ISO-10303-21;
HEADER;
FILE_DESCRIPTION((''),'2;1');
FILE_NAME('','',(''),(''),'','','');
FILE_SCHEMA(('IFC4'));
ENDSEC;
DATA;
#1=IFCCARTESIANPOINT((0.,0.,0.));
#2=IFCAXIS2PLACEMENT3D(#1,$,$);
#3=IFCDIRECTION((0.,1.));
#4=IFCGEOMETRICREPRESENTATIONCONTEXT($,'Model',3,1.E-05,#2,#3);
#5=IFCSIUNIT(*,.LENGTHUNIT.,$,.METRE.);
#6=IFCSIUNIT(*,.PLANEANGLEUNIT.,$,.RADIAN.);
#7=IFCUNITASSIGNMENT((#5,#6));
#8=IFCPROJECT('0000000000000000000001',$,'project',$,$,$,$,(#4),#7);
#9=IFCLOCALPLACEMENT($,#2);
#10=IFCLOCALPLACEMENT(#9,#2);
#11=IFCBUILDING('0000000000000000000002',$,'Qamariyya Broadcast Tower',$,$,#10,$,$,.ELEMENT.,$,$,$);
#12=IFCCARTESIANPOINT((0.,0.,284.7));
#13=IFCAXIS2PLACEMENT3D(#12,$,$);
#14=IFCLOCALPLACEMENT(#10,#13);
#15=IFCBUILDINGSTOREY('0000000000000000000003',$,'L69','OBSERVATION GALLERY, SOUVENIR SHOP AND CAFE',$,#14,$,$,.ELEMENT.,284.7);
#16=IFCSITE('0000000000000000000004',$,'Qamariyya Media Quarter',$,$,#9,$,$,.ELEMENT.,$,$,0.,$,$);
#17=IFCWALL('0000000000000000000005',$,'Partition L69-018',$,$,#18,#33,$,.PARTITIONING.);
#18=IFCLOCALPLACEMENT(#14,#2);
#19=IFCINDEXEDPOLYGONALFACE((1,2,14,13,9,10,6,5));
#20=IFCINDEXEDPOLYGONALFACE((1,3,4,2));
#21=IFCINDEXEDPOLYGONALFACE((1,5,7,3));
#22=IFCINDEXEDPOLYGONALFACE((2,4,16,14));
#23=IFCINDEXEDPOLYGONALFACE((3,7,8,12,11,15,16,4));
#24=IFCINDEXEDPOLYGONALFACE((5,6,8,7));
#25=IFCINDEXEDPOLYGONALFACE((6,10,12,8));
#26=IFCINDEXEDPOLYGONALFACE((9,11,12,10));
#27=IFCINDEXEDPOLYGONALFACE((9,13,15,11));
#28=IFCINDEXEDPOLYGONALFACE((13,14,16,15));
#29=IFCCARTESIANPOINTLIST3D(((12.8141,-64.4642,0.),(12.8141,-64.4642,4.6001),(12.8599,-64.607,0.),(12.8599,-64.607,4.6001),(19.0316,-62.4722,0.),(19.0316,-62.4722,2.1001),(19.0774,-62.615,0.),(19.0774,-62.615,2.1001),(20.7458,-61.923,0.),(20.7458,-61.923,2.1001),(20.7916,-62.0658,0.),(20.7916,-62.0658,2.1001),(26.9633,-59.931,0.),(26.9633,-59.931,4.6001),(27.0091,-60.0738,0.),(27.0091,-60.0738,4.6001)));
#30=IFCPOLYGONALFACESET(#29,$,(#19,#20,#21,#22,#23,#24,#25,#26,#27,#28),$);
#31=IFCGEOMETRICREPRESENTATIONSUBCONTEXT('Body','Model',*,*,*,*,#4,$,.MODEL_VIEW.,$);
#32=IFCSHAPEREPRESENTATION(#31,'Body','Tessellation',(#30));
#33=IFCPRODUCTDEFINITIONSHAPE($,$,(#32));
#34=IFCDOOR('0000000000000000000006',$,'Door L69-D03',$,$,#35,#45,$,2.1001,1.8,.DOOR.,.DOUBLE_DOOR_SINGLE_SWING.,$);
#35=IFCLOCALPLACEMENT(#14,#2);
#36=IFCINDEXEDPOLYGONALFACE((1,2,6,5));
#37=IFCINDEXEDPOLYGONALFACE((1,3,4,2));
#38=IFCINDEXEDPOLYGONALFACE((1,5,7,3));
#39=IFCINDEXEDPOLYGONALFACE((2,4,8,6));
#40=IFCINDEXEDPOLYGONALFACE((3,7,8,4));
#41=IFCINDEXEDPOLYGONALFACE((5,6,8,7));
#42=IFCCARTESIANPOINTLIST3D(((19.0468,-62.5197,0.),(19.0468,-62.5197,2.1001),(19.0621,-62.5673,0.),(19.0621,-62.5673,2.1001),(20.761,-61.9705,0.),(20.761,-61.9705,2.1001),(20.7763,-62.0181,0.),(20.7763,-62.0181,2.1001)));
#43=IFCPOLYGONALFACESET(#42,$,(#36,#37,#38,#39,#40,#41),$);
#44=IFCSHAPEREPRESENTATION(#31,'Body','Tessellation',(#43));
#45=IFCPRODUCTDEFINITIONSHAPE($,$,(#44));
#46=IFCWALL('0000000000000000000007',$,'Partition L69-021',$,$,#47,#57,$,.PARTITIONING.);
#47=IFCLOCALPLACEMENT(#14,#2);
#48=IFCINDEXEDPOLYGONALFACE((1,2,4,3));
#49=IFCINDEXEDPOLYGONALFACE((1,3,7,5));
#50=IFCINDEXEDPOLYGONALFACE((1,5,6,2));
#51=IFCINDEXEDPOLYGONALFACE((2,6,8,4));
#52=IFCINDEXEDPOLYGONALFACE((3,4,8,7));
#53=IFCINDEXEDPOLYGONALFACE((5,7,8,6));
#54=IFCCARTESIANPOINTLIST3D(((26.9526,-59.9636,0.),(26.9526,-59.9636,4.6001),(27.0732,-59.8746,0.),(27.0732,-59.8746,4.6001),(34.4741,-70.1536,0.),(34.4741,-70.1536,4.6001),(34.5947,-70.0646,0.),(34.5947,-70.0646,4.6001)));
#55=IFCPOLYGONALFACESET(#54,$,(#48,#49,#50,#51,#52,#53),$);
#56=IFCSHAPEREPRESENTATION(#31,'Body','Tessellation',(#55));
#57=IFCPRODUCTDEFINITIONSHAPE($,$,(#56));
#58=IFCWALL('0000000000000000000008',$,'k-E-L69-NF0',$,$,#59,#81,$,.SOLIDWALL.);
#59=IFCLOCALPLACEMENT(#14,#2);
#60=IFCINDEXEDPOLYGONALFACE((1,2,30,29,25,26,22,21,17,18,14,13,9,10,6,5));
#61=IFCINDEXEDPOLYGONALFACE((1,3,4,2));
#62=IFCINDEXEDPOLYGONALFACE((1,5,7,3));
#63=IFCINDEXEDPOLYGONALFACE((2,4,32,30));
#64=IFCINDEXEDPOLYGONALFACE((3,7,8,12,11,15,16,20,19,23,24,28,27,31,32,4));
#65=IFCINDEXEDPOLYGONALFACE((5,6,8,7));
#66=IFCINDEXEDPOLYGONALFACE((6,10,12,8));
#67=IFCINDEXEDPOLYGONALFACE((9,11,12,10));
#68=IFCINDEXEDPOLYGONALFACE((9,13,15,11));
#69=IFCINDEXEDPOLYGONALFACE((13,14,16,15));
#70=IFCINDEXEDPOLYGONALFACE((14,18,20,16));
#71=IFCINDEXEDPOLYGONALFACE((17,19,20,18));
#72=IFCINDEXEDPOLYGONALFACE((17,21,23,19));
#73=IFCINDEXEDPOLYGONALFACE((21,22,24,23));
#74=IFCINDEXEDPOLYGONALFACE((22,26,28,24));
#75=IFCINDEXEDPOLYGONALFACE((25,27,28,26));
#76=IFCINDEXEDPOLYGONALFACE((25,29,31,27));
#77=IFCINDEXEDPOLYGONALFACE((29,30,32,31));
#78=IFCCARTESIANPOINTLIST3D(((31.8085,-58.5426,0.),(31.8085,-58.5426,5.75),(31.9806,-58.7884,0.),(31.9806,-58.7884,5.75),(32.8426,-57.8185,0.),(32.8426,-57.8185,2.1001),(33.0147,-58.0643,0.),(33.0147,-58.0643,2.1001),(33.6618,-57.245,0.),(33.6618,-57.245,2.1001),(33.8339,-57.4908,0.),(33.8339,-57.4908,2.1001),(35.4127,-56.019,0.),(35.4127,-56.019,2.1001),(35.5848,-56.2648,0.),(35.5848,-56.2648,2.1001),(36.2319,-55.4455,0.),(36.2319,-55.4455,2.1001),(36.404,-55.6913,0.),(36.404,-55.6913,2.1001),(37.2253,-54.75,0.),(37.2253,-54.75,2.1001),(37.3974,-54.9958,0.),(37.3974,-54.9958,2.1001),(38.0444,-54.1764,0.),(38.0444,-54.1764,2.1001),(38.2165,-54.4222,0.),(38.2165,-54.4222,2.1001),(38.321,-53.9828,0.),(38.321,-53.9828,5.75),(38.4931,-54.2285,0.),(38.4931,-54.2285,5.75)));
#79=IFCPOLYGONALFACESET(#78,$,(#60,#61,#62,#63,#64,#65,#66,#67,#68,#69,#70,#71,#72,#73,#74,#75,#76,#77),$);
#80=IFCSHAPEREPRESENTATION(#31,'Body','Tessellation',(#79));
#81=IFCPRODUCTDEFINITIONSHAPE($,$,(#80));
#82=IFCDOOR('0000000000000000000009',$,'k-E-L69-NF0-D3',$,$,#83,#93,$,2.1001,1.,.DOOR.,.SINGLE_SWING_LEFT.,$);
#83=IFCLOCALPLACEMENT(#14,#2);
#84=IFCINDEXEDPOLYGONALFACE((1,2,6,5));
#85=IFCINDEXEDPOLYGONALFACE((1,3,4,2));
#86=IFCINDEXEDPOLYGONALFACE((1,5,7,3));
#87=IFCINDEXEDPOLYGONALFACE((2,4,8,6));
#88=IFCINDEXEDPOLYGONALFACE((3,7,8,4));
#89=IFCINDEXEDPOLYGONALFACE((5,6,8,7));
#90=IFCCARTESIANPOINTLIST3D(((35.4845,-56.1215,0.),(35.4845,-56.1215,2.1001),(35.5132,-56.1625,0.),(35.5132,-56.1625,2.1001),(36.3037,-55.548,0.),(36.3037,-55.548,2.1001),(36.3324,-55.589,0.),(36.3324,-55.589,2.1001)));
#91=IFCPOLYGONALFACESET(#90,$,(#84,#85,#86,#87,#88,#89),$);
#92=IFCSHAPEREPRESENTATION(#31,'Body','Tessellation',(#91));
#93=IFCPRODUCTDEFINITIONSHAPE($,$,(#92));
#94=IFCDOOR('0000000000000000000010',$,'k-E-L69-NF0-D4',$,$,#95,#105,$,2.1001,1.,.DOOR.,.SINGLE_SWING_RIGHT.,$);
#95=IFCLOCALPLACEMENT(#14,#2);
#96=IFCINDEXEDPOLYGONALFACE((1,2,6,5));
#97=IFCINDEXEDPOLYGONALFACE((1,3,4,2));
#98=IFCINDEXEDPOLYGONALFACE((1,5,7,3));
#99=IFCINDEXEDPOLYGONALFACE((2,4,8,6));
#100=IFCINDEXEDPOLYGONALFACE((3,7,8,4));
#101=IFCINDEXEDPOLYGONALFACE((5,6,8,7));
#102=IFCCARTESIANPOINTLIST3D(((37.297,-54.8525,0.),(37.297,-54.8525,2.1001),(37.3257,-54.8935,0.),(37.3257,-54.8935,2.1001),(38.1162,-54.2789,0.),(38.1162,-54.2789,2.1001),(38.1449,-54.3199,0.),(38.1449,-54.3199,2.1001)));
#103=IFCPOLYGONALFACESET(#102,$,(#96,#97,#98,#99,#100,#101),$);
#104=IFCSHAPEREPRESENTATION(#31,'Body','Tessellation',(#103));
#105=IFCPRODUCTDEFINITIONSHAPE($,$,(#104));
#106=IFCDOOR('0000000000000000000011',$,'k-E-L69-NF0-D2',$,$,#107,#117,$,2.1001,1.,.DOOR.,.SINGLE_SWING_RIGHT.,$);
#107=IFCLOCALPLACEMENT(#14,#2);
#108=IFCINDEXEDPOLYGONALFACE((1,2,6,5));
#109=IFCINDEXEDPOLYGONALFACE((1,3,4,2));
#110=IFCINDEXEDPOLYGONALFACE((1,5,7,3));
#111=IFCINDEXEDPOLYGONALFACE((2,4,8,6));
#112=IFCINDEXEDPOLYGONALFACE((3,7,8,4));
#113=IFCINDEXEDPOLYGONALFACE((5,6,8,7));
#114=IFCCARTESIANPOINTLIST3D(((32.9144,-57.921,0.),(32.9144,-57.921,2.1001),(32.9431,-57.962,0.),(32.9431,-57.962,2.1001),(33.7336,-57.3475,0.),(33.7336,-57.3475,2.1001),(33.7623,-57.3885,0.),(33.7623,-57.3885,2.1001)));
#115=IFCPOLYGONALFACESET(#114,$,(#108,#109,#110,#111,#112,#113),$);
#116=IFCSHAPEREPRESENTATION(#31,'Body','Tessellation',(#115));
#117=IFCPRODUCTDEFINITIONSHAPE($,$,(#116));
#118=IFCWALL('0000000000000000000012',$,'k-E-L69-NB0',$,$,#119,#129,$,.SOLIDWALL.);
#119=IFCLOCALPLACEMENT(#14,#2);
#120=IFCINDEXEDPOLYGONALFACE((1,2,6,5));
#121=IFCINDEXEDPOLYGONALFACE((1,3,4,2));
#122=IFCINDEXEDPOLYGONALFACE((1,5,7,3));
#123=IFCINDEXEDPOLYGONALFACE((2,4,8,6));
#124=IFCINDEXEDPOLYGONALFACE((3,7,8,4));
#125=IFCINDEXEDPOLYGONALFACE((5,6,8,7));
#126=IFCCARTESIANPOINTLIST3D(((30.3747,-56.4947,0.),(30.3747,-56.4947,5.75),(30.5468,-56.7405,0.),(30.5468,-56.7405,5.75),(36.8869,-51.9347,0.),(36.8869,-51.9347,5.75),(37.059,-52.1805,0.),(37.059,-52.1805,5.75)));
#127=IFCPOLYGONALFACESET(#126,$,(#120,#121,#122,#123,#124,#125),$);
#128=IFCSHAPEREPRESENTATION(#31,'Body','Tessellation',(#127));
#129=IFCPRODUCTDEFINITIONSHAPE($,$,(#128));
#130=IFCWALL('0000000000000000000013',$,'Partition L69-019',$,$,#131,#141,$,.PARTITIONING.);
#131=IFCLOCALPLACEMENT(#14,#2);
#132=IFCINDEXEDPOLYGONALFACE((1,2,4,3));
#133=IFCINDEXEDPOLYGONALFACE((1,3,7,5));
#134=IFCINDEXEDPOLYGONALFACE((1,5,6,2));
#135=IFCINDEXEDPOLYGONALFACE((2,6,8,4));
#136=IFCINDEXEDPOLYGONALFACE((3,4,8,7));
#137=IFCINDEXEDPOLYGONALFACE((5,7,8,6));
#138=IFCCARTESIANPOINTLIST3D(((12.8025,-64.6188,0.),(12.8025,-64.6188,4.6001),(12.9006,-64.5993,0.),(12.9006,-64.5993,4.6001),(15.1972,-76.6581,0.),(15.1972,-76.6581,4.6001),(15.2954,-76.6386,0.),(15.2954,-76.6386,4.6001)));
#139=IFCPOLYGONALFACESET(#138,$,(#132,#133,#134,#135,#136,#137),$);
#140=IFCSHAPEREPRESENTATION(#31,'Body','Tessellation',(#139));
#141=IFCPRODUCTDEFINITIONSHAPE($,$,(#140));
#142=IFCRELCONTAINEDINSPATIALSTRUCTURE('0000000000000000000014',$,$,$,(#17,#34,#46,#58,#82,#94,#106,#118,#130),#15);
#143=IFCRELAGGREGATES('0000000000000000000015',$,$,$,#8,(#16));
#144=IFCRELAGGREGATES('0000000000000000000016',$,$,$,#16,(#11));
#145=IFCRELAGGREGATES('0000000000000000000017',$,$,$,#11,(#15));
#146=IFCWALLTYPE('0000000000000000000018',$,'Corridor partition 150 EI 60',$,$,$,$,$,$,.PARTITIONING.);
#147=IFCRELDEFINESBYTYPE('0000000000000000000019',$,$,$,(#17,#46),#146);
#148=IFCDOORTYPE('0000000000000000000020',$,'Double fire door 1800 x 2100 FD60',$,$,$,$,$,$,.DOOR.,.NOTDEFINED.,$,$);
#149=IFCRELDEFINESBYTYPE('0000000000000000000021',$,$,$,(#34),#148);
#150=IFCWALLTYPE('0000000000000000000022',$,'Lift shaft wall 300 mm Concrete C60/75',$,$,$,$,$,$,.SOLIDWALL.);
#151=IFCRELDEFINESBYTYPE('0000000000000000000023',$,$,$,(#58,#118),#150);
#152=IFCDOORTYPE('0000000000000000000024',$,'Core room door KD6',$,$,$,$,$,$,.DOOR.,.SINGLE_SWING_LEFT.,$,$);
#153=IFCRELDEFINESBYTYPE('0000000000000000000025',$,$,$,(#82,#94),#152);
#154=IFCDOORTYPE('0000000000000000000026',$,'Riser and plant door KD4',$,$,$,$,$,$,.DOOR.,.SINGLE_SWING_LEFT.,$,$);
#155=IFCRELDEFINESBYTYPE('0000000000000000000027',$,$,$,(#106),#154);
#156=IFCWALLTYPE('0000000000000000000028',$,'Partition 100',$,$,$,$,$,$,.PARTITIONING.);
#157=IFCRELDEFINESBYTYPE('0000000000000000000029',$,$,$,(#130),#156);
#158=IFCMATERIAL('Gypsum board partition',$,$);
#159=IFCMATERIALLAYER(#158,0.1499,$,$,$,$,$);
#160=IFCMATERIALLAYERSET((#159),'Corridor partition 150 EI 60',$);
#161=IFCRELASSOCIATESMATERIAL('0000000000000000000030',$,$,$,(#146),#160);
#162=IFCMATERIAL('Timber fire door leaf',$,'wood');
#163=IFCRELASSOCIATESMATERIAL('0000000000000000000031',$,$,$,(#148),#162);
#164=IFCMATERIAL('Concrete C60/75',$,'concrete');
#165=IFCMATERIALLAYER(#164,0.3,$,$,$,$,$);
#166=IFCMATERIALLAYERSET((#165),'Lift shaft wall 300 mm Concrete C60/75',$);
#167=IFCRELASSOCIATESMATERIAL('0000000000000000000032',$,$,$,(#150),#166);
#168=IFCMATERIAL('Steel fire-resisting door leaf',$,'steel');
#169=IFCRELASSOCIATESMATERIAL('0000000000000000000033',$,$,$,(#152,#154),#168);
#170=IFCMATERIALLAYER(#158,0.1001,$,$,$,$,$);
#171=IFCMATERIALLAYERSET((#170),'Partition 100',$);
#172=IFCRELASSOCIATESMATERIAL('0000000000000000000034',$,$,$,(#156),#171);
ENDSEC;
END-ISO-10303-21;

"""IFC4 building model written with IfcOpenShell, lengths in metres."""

from ifc_helpers import new_model, si_unit, direction, frame, frame_2d, origin, place, context, subcontext, project, spatial, rectangle, extrude, material, layer, layer_set, type_object, element, fill, save


model = new_model("IFC4")

# Units and contexts
model_context = context("Model", 3, precision=1e-05, world=origin(), true_north=direction((0.0, 1.0)))
body_context = subcontext(model_context, "Body", "Model", "MODEL_VIEW")
ifc_project = project(units=[si_unit("LENGTHUNIT", "METRE"), si_unit("PLANEANGLEUNIT", "RADIAN")], contexts=[model_context])

# Site, building, storey
site_placement = place(None, origin())
site = spatial("IfcSite", under=ifc_project, at=site_placement, Name="Qamariyya Media Quarter", CompositionType="ELEMENT", RefElevation=0.0)
building_placement = place(site_placement, origin())
building = spatial("IfcBuilding", under=site, at=building_placement, Name="Qamariyya Broadcast Tower", CompositionType="ELEMENT")
storey_placement = place(building_placement, frame((0.0, 0.0, 284.7)))
storey = spatial("IfcBuildingStorey", under=building, at=storey_placement, Name="L69", Description="OBSERVATION GALLERY, SOUVENIR SHOP AND CAFE", CompositionType="ELEMENT", Elevation=284.7)

# Wall, opening, door
ifc_material_1 = material(Name="Gypsum board partition")
ifc_layer_1 = layer(ifc_material_1, 0.1499)
ifc_layer_set_1 = layer_set([ifc_layer_1], Name="Corridor partition 150 EI 60")
wall_type_1 = type_object("IfcWallType", Name="Corridor partition 150 EI 60", PredefinedType="PARTITIONING", material=ifc_layer_set_1)
ifc_material_2 = material(Name="Timber fire door leaf", Category="wood")
door_type_1 = type_object("IfcDoorType", Name="Double fire door 1800 x 2100 FD60", OperationType="NOTDEFINED", PredefinedType="DOOR", material=ifc_material_2)
wall_1_placement = place(storey_placement, frame((26.9861, -60.0024, 0.0), z_axis=(0.0, 0.0, 1.0), x_axis=(-0.952317, -0.30511, 0.0)))
wall_1 = element("IfcWall", 1, at=wall_1_placement, inside=storey, type_object=wall_type_1, Name="Partition L69-018", PredefinedType="PARTITIONING", context=body_context, shape_type="SweptSolid", body=[
    extrude(rectangle(XDim=14.8577, YDim=0.1499, at=frame_2d((7.4287, 0.0))), origin(), (0.0, 0.0, 1.0), 4.6001),
])
opening_1_placement = place(wall_1_placement, frame((6.5288, 0.0, 0.0)))
opening_1 = element("IfcOpeningElement", 2, at=opening_1_placement, cuts=wall_1, PredefinedType="OPENING", context=body_context, shape_type="SweptSolid", body=[
    extrude(rectangle(XDim=1.8, YDim=2.1001, at=frame_2d((0.8999, 1.05))), frame((0.0, 0.085, 0.0), z_axis=(0.0, -1.0, 0.0), x_axis=(1.0, 0.0, 0.0)), (0.0, 0.0, 1.0), 0.1699),
])
door_1_placement = place(opening_1_placement, origin())
door_1 = element("IfcDoor", 3, at=door_1_placement, inside=storey, type_object=door_type_1, Name="Door L69-D03", OperationType="DOUBLE_DOOR_SINGLE_SWING", OverallHeight=2.1001, OverallWidth=1.8, PredefinedType="DOOR", context=body_context, shape_type="SweptSolid", body=[
    extrude(rectangle(XDim=1.8, YDim=2.1001, at=frame_2d((0.8999, 1.05))), frame((0.0, 0.0249, 0.0), z_axis=(0.0, -1.0, 0.0), x_axis=(1.0, 0.0, 0.0)), (0.0, 0.0, 1.0), 0.05),
])
fill(opening_1, door_1)

# Wall
wall_2_placement = place(storey_placement, frame((27.0129, -59.9192, 0.0), z_axis=(0.0, 0.0, 1.0), x_axis=(0.59387, -0.804561, 0.0)))
element("IfcWall", 4, at=wall_2_placement, inside=storey, type_object=wall_type_1, Name="Partition L69-021", PredefinedType="PARTITIONING", context=body_context, shape_type="SweptSolid", body=[
    extrude(rectangle(XDim=12.6653, YDim=0.1499, at=frame_2d((6.3325, 0.0))), origin(), (0.0, 0.0, 1.0), 4.6001),
])

# Wall, openings, doors
ifc_material_3 = material(Name="Concrete C60/75", Category="concrete")
ifc_layer_2 = layer(ifc_material_3, 0.3)
ifc_layer_set_2 = layer_set([ifc_layer_2], Name="Lift shaft wall 300 mm Concrete C60/75")
wall_type_2 = type_object("IfcWallType", Name="Lift shaft wall 300 mm Concrete C60/75", PredefinedType="SOLIDWALL", material=ifc_layer_set_2)
wall_3_placement = place(storey_placement, frame((31.8945, -58.6655, 0.0), z_axis=(0.0, 0.0, 1.0), x_axis=(0.819167, 0.573555, 0.0)))
wall_3 = element("IfcWall", 5, at=wall_3_placement, inside=storey, type_object=wall_type_2, Name="k-E-L69-NF0", PredefinedType="SOLIDWALL", context=body_context, shape_type="SweptSolid", body=[
    extrude(rectangle(XDim=7.9502, YDim=0.3, at=frame_2d((3.9751, 0.0))), origin(), (0.0, 0.0, 1.0), 5.75),
])
opening_2_placement = place(wall_3_placement, frame((1.2625, 0.0, 0.0)))
opening_2 = element("IfcOpeningElement", 6, at=opening_2_placement, cuts=wall_3, PredefinedType="OPENING", context=body_context, shape_type="SweptSolid", body=[
    extrude(rectangle(XDim=1.0, YDim=2.1001, at=frame_2d((0.5, 1.05))), frame((0.0, 0.1599, 0.0), z_axis=(0.0, -1.0, 0.0), x_axis=(1.0, 0.0, 0.0)), (0.0, 0.0, 1.0), 0.3201),
])
opening_3_placement = place(wall_3_placement, frame((4.3999, 0.0, 0.0)))
opening_3 = element("IfcOpeningElement", 7, at=opening_3_placement, cuts=wall_3, PredefinedType="OPENING", context=body_context, shape_type="SweptSolid", body=[
    extrude(rectangle(XDim=1.0, YDim=2.1001, at=frame_2d((0.5, 1.05))), frame((0.0, 0.1599, 0.0), z_axis=(0.0, -1.0, 0.0), x_axis=(1.0, 0.0, 0.0)), (0.0, 0.0, 1.0), 0.3201),
])
opening_4_placement = place(wall_3_placement, frame((6.6125, 0.0, 0.0)))
opening_4 = element("IfcOpeningElement", 8, at=opening_4_placement, cuts=wall_3, PredefinedType="OPENING", context=body_context, shape_type="SweptSolid", body=[
    extrude(rectangle(XDim=1.0, YDim=2.1001, at=frame_2d((0.5, 1.05))), frame((0.0, 0.1599, 0.0), z_axis=(0.0, -1.0, 0.0), x_axis=(1.0, 0.0, 0.0)), (0.0, 0.0, 1.0), 0.3201),
])
ifc_material_4 = material(Name="Steel fire-resisting door leaf", Category="steel")
door_type_2 = type_object("IfcDoorType", Name="Core room door KD6", OperationType="SINGLE_SWING_LEFT", PredefinedType="DOOR", material=ifc_material_4)
door_2_placement = place(opening_3_placement, origin())
door_2 = element("IfcDoor", 9, at=door_2_placement, inside=storey, type_object=door_type_2, Name="k-E-L69-NF0-D3", OperationType="SINGLE_SWING_LEFT", OverallHeight=2.1001, OverallWidth=1.0, PredefinedType="DOOR", context=body_context, shape_type="SweptSolid", body=[
    extrude(rectangle(XDim=1.0, YDim=2.1001, at=frame_2d((0.5, 1.05))), frame((0.0, 0.0249, 0.0), z_axis=(0.0, -1.0, 0.0), x_axis=(1.0, 0.0, 0.0)), (0.0, 0.0, 1.0), 0.05),
])
fill(opening_3, door_2)
door_3_placement = place(opening_4_placement, origin())
door_3 = element("IfcDoor", 10, at=door_3_placement, inside=storey, type_object=door_type_2, Name="k-E-L69-NF0-D4", OperationType="SINGLE_SWING_RIGHT", OverallHeight=2.1001, OverallWidth=1.0, PredefinedType="DOOR", context=body_context, shape_type="SweptSolid", body=[
    extrude(rectangle(XDim=1.0, YDim=2.1001, at=frame_2d((0.5, 1.05))), frame((0.0, 0.0249, 0.0), z_axis=(0.0, -1.0, 0.0), x_axis=(1.0, 0.0, 0.0)), (0.0, 0.0, 1.0), 0.05),
])
fill(opening_4, door_3)
door_type_3 = type_object("IfcDoorType", Name="Riser and plant door KD4", OperationType="SINGLE_SWING_LEFT", PredefinedType="DOOR", material=ifc_material_4)
door_4_placement = place(opening_2_placement, origin())
door_4 = element("IfcDoor", 11, at=door_4_placement, inside=storey, type_object=door_type_3, Name="k-E-L69-NF0-D2", OperationType="SINGLE_SWING_RIGHT", OverallHeight=2.1001, OverallWidth=1.0, PredefinedType="DOOR", context=body_context, shape_type="SweptSolid", body=[
    extrude(rectangle(XDim=1.0, YDim=2.1001, at=frame_2d((0.5, 1.05))), frame((0.0, 0.0249, 0.0), z_axis=(0.0, -1.0, 0.0), x_axis=(1.0, 0.0, 0.0)), (0.0, 0.0, 1.0), 0.05),
])
fill(opening_2, door_4)

# Walls
wall_4_placement = place(storey_placement, frame((30.4607, -56.6177, 0.0), z_axis=(0.0, 0.0, 1.0), x_axis=(0.819142, 0.57359, 0.0)))
element("IfcWall", 12, at=wall_4_placement, inside=storey, type_object=wall_type_2, Name="k-E-L69-NB0", PredefinedType="SOLIDWALL", context=body_context, shape_type="SweptSolid", body=[
    extrude(rectangle(XDim=7.95, YDim=0.3, at=frame_2d((3.9751, 0.0))), origin(), (0.0, 0.0, 1.0), 5.75),
])
ifc_layer_3 = layer(ifc_material_1, 0.1001)
ifc_layer_set_3 = layer_set([ifc_layer_3], Name="Partition 100")
wall_type_3 = type_object("IfcWallType", Name="Partition 100", PredefinedType="PARTITIONING", material=ifc_layer_set_3)
wall_5_placement = place(storey_placement, frame((15.2463, -76.6484, 0.0), z_axis=(0.0, 0.0, 1.0), x_axis=(-0.195091, 0.980785, 0.0)))
element("IfcWall", 13, at=wall_5_placement, inside=storey, type_object=wall_type_3, Name="Partition L69-019", PredefinedType="PARTITIONING", context=body_context, shape_type="SweptSolid", body=[
    extrude(rectangle(XDim=12.2751, YDim=0.1001, at=frame_2d((6.1377, 0.0))), origin(), (0.0, 0.0, 1.0), 4.6001),
])

save(model, "model.ifc")
